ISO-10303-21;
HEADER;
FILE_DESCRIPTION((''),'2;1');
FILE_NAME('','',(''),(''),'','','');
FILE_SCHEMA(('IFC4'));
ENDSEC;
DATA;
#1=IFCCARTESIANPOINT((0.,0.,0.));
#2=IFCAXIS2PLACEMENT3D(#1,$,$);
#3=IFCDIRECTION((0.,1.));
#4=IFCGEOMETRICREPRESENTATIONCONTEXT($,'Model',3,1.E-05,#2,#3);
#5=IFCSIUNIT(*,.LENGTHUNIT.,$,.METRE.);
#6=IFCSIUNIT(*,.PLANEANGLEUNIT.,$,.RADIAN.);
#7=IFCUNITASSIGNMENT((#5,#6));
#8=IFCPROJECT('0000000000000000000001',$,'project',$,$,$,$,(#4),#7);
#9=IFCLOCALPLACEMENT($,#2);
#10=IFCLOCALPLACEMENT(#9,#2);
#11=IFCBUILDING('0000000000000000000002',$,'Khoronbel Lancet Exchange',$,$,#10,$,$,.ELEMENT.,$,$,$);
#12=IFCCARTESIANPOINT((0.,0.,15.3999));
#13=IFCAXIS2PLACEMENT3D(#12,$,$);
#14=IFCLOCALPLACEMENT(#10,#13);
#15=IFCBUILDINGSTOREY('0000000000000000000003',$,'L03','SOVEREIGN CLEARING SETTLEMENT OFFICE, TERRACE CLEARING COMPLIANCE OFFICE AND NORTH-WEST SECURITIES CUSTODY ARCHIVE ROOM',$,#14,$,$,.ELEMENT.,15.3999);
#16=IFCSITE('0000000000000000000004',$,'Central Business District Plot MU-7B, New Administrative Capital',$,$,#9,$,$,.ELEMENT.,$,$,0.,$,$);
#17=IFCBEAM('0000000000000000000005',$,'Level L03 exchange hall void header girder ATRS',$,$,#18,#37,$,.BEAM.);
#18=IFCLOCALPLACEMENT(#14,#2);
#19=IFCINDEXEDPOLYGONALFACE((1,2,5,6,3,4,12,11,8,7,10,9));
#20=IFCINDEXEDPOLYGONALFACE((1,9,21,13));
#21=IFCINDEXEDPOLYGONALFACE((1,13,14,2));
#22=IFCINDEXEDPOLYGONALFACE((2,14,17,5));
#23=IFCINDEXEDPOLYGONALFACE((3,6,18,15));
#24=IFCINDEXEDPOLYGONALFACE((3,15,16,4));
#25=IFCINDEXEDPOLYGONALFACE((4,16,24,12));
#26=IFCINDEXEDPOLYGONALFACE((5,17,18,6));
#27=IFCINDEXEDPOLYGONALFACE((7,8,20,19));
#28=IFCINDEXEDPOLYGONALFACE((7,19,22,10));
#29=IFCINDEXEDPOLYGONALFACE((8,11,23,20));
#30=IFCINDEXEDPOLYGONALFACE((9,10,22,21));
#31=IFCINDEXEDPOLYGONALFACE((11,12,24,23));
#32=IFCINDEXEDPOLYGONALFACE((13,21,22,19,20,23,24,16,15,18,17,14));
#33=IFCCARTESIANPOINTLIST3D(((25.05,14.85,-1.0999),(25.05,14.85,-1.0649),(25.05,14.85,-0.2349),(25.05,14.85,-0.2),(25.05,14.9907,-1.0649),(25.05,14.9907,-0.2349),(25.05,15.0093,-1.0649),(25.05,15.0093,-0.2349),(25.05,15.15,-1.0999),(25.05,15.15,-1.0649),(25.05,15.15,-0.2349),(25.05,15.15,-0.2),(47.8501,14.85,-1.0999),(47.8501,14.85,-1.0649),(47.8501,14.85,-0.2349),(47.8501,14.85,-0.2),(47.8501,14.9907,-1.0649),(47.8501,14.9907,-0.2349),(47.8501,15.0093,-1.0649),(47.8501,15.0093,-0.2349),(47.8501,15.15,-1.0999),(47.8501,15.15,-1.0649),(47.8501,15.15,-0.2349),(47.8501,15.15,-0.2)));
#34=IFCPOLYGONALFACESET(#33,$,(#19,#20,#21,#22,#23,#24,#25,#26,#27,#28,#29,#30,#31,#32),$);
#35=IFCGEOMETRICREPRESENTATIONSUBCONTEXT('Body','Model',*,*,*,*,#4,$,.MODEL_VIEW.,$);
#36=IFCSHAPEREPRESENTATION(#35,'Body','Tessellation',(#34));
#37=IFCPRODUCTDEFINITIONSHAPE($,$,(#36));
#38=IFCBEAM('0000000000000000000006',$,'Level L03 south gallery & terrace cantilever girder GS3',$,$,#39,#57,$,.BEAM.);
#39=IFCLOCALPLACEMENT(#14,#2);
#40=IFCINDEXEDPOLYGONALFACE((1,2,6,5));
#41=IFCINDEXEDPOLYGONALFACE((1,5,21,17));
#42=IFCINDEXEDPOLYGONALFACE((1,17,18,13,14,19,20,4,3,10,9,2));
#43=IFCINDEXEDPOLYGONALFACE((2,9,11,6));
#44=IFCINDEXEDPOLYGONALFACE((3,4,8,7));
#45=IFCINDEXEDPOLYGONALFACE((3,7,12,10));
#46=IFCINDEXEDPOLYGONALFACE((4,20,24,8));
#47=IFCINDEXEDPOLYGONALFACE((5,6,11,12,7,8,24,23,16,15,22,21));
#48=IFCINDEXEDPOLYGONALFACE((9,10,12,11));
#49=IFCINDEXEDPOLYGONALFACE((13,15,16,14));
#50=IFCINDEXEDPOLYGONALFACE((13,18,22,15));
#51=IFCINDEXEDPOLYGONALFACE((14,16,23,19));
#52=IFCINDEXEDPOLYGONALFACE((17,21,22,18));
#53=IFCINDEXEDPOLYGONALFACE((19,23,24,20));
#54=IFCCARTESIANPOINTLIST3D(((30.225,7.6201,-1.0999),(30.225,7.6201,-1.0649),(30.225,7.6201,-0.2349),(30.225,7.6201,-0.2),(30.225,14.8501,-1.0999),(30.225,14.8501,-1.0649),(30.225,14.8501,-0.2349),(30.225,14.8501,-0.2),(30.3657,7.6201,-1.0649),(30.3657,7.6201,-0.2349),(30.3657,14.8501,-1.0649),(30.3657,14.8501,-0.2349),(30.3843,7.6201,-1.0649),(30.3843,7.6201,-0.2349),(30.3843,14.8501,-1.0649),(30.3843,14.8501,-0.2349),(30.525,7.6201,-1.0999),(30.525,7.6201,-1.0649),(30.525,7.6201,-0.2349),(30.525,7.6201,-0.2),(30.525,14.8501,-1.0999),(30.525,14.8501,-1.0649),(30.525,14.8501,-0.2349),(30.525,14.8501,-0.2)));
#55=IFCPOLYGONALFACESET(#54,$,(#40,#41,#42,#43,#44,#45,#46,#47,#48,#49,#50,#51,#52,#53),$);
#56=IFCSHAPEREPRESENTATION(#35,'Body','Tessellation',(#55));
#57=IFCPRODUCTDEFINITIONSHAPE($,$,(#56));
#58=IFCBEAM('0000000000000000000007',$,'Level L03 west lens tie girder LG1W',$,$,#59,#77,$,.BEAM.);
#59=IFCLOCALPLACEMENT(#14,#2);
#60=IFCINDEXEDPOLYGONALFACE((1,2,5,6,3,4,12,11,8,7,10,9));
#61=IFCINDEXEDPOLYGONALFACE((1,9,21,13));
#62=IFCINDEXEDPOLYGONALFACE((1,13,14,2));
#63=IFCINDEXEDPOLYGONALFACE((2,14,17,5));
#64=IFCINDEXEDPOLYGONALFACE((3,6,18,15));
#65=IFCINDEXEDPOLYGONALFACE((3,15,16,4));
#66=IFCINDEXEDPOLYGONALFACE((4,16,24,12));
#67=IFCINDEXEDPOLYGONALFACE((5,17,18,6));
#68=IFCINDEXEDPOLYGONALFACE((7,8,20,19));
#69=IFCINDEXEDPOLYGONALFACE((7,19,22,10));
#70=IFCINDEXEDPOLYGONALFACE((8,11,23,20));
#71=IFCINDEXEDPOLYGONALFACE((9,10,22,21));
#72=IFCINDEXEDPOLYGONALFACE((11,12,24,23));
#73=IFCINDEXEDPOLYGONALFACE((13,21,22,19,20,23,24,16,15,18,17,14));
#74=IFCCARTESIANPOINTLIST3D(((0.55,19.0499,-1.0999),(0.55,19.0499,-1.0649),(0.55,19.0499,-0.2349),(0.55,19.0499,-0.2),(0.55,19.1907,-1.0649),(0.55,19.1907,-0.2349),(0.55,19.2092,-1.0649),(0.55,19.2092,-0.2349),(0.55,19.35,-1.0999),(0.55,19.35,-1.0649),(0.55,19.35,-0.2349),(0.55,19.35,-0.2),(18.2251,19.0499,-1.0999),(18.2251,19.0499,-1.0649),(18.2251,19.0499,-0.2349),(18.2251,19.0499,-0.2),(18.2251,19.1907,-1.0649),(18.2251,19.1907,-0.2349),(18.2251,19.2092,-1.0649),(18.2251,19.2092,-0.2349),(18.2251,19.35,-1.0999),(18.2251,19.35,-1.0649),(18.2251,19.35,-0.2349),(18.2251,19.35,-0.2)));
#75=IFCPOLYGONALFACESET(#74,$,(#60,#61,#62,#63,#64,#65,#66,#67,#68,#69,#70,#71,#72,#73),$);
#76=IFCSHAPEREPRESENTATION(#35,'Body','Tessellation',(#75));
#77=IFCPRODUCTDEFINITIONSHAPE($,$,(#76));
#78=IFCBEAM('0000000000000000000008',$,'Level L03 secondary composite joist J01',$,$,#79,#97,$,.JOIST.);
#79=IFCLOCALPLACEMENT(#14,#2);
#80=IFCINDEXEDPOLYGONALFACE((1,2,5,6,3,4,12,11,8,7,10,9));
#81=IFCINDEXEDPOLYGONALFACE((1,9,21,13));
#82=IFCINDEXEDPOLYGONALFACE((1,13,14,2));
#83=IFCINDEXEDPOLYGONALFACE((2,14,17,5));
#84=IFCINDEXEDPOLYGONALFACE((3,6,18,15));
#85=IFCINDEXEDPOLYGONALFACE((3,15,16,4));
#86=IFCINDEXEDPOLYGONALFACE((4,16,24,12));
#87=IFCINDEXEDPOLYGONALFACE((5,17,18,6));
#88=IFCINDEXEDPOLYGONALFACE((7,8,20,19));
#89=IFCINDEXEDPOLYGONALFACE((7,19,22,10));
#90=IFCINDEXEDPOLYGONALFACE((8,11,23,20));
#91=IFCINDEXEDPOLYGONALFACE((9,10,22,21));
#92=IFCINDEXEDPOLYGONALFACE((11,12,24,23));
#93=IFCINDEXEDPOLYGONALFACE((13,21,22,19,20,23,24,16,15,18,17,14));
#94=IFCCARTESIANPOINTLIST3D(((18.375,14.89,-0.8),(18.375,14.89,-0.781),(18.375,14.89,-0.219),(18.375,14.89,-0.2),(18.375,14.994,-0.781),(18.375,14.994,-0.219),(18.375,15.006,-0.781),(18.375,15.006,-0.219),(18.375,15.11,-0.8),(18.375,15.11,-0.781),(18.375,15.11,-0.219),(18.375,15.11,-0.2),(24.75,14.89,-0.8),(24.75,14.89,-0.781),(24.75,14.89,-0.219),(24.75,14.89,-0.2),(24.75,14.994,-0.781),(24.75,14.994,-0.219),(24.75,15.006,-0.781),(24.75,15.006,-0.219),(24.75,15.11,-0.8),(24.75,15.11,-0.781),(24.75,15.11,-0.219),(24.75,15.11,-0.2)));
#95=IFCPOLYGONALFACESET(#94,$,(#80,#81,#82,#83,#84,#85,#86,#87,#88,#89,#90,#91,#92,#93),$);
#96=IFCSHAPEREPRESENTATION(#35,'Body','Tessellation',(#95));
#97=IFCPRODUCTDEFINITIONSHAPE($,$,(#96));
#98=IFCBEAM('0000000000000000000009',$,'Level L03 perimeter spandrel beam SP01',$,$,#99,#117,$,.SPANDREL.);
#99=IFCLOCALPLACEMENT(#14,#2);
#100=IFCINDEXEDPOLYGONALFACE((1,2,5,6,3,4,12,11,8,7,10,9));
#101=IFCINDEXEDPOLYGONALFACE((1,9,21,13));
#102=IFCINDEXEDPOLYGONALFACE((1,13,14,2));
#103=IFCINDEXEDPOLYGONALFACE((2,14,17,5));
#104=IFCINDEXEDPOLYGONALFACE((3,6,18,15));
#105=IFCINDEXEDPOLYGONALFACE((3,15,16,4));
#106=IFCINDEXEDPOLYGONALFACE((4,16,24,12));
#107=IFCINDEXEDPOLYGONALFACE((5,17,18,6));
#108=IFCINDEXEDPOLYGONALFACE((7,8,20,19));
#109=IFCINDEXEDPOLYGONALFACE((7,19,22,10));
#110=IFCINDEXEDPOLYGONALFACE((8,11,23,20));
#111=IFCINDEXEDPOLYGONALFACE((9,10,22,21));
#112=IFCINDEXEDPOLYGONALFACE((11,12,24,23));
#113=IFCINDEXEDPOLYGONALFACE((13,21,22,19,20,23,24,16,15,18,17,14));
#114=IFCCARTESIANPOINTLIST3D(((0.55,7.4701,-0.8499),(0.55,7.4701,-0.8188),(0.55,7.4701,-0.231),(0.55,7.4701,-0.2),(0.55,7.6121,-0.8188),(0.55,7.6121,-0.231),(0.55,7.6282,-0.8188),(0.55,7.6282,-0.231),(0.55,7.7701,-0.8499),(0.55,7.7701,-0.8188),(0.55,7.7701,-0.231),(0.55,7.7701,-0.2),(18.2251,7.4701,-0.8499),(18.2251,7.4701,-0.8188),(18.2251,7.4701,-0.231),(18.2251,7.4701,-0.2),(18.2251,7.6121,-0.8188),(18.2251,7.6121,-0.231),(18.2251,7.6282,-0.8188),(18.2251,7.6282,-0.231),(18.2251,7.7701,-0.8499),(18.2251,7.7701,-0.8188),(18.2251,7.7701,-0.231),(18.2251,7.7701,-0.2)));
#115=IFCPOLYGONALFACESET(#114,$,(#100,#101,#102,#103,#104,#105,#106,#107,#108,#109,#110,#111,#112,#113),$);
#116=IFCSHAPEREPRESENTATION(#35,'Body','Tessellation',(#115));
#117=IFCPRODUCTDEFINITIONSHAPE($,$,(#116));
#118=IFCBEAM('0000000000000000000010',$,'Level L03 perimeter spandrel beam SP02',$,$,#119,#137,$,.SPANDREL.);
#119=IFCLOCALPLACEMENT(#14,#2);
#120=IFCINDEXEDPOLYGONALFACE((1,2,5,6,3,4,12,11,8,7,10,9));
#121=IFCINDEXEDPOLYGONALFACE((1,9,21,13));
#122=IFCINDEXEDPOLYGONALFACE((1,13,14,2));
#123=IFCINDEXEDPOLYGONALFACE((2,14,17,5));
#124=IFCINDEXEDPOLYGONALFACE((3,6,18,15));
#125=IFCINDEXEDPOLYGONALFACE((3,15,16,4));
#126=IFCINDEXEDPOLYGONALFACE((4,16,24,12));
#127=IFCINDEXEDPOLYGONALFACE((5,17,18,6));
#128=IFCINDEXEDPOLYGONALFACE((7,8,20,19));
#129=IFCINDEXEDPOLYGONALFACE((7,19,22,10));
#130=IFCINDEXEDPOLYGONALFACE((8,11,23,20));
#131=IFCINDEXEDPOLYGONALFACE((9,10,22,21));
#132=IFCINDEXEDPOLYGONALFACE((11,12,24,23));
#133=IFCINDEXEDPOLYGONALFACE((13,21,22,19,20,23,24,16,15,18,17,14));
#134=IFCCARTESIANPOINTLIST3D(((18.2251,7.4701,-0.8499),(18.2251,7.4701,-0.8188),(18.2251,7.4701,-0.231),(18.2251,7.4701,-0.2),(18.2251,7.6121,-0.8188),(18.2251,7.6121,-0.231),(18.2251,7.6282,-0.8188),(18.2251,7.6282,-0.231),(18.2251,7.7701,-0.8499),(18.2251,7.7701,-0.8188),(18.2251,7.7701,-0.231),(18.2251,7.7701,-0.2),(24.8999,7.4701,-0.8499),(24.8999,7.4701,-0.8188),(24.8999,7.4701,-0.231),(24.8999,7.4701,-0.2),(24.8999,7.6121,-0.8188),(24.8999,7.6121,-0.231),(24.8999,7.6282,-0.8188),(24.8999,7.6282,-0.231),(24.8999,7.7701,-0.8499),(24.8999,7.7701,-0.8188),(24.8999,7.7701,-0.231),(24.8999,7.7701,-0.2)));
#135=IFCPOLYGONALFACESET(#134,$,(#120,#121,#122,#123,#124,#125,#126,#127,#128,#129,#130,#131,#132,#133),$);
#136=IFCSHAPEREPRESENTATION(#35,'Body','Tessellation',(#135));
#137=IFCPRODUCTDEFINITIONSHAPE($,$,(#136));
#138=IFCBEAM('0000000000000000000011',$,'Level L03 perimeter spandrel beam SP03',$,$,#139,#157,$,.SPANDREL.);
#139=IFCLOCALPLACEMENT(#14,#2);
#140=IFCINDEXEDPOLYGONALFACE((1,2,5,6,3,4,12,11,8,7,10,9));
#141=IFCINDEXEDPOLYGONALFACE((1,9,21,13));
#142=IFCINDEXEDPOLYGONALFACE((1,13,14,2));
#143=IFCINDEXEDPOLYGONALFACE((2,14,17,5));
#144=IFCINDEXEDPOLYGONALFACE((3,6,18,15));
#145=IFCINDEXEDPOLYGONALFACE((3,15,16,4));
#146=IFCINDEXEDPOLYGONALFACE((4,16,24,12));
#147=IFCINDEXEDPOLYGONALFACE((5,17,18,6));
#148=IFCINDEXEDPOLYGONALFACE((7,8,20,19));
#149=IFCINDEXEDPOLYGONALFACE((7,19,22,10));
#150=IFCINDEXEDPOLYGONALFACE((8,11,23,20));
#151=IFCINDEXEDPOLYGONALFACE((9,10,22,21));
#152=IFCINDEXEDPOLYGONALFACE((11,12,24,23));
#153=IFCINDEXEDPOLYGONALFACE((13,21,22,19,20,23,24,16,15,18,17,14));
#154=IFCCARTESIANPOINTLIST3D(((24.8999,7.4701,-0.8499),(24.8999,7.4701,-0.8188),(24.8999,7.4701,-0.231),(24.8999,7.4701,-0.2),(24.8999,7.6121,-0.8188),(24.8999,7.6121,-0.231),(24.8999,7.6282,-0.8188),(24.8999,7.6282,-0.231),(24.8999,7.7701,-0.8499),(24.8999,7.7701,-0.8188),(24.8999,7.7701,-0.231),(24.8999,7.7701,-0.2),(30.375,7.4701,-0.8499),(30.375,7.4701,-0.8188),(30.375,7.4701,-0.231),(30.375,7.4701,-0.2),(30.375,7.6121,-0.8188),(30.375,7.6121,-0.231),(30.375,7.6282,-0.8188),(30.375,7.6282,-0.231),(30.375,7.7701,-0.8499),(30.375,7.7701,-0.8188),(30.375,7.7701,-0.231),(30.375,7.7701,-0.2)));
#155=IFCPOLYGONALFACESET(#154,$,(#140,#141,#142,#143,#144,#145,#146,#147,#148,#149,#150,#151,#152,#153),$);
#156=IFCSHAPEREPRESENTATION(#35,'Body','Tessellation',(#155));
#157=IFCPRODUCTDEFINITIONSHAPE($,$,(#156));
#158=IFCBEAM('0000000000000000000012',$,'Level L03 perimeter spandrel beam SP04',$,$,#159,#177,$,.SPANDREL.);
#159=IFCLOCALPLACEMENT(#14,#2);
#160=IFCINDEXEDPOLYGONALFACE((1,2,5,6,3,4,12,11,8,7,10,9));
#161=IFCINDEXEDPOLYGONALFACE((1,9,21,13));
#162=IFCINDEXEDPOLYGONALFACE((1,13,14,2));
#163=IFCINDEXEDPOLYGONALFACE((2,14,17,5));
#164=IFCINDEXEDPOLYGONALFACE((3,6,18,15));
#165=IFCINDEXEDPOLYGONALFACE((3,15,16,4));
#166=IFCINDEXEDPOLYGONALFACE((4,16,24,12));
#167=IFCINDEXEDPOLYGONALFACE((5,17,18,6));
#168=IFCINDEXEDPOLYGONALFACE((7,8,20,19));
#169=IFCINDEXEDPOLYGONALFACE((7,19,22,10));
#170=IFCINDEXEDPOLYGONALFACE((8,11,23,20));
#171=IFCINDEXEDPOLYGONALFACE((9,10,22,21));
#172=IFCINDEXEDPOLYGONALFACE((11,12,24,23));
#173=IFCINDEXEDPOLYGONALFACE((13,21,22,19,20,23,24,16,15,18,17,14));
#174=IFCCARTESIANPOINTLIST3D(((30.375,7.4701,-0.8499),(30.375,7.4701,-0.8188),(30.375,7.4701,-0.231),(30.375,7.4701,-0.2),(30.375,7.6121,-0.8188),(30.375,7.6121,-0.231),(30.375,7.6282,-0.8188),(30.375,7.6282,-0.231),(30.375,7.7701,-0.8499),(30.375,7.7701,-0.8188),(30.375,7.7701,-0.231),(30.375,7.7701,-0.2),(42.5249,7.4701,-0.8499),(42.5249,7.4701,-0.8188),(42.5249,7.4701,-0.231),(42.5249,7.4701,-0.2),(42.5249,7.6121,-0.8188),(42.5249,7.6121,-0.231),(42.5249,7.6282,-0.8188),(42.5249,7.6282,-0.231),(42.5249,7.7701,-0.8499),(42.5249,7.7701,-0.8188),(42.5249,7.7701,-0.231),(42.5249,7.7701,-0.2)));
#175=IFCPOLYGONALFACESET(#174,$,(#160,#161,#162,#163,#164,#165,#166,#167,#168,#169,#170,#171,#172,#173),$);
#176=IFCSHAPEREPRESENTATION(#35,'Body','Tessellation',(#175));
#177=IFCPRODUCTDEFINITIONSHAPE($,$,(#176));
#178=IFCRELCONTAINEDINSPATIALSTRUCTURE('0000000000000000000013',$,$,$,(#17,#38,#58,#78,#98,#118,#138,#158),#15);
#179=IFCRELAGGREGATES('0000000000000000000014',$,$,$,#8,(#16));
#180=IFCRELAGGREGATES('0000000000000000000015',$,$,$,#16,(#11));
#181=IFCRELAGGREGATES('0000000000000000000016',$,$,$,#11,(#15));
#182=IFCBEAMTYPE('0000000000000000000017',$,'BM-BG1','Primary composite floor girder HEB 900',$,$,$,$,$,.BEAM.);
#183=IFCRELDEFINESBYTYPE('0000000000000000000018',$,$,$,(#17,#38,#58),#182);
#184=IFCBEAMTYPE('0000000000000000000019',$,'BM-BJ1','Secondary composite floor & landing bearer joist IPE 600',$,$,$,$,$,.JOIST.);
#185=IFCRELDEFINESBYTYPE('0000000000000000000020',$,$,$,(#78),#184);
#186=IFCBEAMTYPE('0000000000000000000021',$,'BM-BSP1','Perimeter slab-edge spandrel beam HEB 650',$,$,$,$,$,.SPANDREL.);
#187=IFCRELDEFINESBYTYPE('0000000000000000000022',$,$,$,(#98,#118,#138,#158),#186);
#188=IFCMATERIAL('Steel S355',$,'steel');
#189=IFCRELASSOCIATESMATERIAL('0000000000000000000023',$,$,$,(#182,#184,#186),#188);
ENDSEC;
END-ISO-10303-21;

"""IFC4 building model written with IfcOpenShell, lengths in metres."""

from ifc_helpers import new_model, si_unit, direction, frame, origin, origin_2d, place, context, subcontext, project, spatial, i_section, extrude, material, material_profile, profile_set, type_object, element, save


model = new_model("IFC4")

# Units and contexts
model_context = context("Model", 3, precision=1e-05, world=origin(), true_north=direction((0.0, 1.0)))
body_context = subcontext(model_context, "Body", "Model", "MODEL_VIEW")
ifc_project = project(units=[si_unit("LENGTHUNIT", "METRE"), si_unit("PLANEANGLEUNIT", "RADIAN")], contexts=[model_context])

# Site, building, storey
site_placement = place(None, origin())
site = spatial("IfcSite", under=ifc_project, at=site_placement, Name="Central Business District Plot MU-7B, New Administrative Capital", CompositionType="ELEMENT", RefElevation=0.0)
building_placement = place(site_placement, origin())
building = spatial("IfcBuilding", under=site, at=building_placement, Name="Khoronbel Lancet Exchange", CompositionType="ELEMENT")
storey_placement = place(building_placement, frame((0.0, 0.0, 15.3999)))
storey = spatial("IfcBuildingStorey", under=building, at=storey_placement, Name="L03", Description="SOVEREIGN CLEARING SETTLEMENT OFFICE, TERRACE CLEARING COMPLIANCE OFFICE AND NORTH-WEST SECURITIES CUSTODY ARCHIVE ROOM", CompositionType="ELEMENT", Elevation=15.3999)

# Shared definitions
ifc_material_1 = material(Name="Steel S355", Category="steel")

# Beams
ifc_material_profile_1 = material_profile(ifc_material_1, i_section(OverallWidth=0.3, OverallDepth=0.8999, WebThickness=0.0186, FlangeThickness=0.0349, at=origin_2d()), Name="HEB 900")
ifc_profile_set_1 = profile_set([ifc_material_profile_1], Name="Steel S355")
beam_type_1 = type_object("IfcBeamType", Name="BM-BG1", Description="Primary composite floor girder HEB 900", PredefinedType="BEAM", material=ifc_profile_set_1)
beam_1_placement = place(storey_placement, frame((25.05, 15.0, -0.6499), z_axis=(1.0, 0.0, 0.0), x_axis=(0.0, 1.0, 0.0)))
element("IfcBeam", 1, at=beam_1_placement, inside=storey, type_object=beam_type_1, Name="Level L03 exchange hall void header girder ATRS", PredefinedType="BEAM", context=body_context, shape_type="SweptSolid", body=[
    extrude(i_section(OverallWidth=0.3, OverallDepth=0.8999, WebThickness=0.0186, FlangeThickness=0.0349, at=origin_2d()), origin(), (0.0, 0.0, 1.0), 22.8),
])
beam_2_placement = place(storey_placement, frame((30.375, 7.6201, -0.6499), z_axis=(0.0, 1.0, 0.0), x_axis=(-1.0, 0.0, 0.0)))
element("IfcBeam", 2, at=beam_2_placement, inside=storey, type_object=beam_type_1, Name="Level L03 south gallery & terrace cantilever girder GS3", PredefinedType="BEAM", context=body_context, shape_type="SweptSolid", body=[
    extrude(i_section(OverallWidth=0.3, OverallDepth=0.8999, WebThickness=0.0186, FlangeThickness=0.0349, at=origin_2d()), origin(), (0.0, 0.0, 1.0), 7.23),
])
beam_3_placement = place(storey_placement, frame((0.55, 19.2, -0.6499), z_axis=(1.0, 0.0, 0.0), x_axis=(0.0, 1.0, 0.0)))
element("IfcBeam", 3, at=beam_3_placement, inside=storey, type_object=beam_type_1, Name="Level L03 west lens tie girder LG1W", PredefinedType="BEAM", context=body_context, shape_type="SweptSolid", body=[
    extrude(i_section(OverallWidth=0.3, OverallDepth=0.8999, WebThickness=0.0186, FlangeThickness=0.0349, at=origin_2d()), origin(), (0.0, 0.0, 1.0), 17.675),
])
ifc_material_profile_2 = material_profile(ifc_material_1, i_section(OverallWidth=0.22, OverallDepth=0.6001, WebThickness=0.012, FlangeThickness=0.019, at=origin_2d()), Name="IPE 600")
ifc_profile_set_2 = profile_set([ifc_material_profile_2], Name="Steel S355")
beam_type_2 = type_object("IfcBeamType", Name="BM-BJ1", Description="Secondary composite floor & landing bearer joist IPE 600", PredefinedType="JOIST", material=ifc_profile_set_2)
beam_4_placement = place(storey_placement, frame((18.375, 15.0, -0.5), z_axis=(1.0, 0.0, 0.0), x_axis=(0.0, 1.0, 0.0)))
element("IfcBeam", 4, at=beam_4_placement, inside=storey, type_object=beam_type_2, Name="Level L03 secondary composite joist J01", PredefinedType="JOIST", context=body_context, shape_type="SweptSolid", body=[
    extrude(i_section(OverallWidth=0.22, OverallDepth=0.6001, WebThickness=0.012, FlangeThickness=0.019, at=origin_2d()), origin(), (0.0, 0.0, 1.0), 6.375),
])
ifc_material_profile_3 = material_profile(ifc_material_1, i_section(OverallWidth=0.3, OverallDepth=0.6499, WebThickness=0.0161, FlangeThickness=0.031, at=origin_2d()), Name="HEB 650")
ifc_profile_set_3 = profile_set([ifc_material_profile_3], Name="Steel S355")
beam_type_3 = type_object("IfcBeamType", Name="BM-BSP1", Description="Perimeter slab-edge spandrel beam HEB 650", PredefinedType="SPANDREL", material=ifc_profile_set_3)
beam_5_placement = place(storey_placement, frame((0.55, 7.6201, -0.5249), z_axis=(1.0, 0.0, 0.0), x_axis=(0.0, 1.0, 0.0)))
element("IfcBeam", 5, at=beam_5_placement, inside=storey, type_object=beam_type_3, Name="Level L03 perimeter spandrel beam SP01", PredefinedType="SPANDREL", context=body_context, shape_type="SweptSolid", body=[
    extrude(i_section(OverallWidth=0.3, OverallDepth=0.6499, WebThickness=0.0161, FlangeThickness=0.031, at=origin_2d()), origin(), (0.0, 0.0, 1.0), 17.675),
])
beam_6_placement = place(storey_placement, frame((18.2251, 7.6201, -0.5249), z_axis=(1.0, 0.0, 0.0), x_axis=(0.0, 1.0, 0.0)))
element("IfcBeam", 6, at=beam_6_placement, inside=storey, type_object=beam_type_3, Name="Level L03 perimeter spandrel beam SP02", PredefinedType="SPANDREL", context=body_context, shape_type="SweptSolid", body=[
    extrude(i_section(OverallWidth=0.3, OverallDepth=0.6499, WebThickness=0.0161, FlangeThickness=0.031, at=origin_2d()), origin(), (0.0, 0.0, 1.0), 6.6748),
])
beam_7_placement = place(storey_placement, frame((24.8999, 7.6201, -0.5249), z_axis=(1.0, 0.0, 0.0), x_axis=(0.0, 1.0, 0.0)))
element("IfcBeam", 7, at=beam_7_placement, inside=storey, type_object=beam_type_3, Name="Level L03 perimeter spandrel beam SP03", PredefinedType="SPANDREL", context=body_context, shape_type="SweptSolid", body=[
    extrude(i_section(OverallWidth=0.3, OverallDepth=0.6499, WebThickness=0.0161, FlangeThickness=0.031, at=origin_2d()), origin(), (0.0, 0.0, 1.0), 5.4751),
])
beam_8_placement = place(storey_placement, frame((30.375, 7.6201, -0.5249), z_axis=(1.0, 0.0, 0.0), x_axis=(0.0, 1.0, 0.0)))
element("IfcBeam", 8, at=beam_8_placement, inside=storey, type_object=beam_type_3, Name="Level L03 perimeter spandrel beam SP04", PredefinedType="SPANDREL", context=body_context, shape_type="SweptSolid", body=[
    extrude(i_section(OverallWidth=0.3, OverallDepth=0.6499, WebThickness=0.0161, FlangeThickness=0.031, at=origin_2d()), origin(), (0.0, 0.0, 1.0), 12.1499),
])

save(model, "model.ifc")
